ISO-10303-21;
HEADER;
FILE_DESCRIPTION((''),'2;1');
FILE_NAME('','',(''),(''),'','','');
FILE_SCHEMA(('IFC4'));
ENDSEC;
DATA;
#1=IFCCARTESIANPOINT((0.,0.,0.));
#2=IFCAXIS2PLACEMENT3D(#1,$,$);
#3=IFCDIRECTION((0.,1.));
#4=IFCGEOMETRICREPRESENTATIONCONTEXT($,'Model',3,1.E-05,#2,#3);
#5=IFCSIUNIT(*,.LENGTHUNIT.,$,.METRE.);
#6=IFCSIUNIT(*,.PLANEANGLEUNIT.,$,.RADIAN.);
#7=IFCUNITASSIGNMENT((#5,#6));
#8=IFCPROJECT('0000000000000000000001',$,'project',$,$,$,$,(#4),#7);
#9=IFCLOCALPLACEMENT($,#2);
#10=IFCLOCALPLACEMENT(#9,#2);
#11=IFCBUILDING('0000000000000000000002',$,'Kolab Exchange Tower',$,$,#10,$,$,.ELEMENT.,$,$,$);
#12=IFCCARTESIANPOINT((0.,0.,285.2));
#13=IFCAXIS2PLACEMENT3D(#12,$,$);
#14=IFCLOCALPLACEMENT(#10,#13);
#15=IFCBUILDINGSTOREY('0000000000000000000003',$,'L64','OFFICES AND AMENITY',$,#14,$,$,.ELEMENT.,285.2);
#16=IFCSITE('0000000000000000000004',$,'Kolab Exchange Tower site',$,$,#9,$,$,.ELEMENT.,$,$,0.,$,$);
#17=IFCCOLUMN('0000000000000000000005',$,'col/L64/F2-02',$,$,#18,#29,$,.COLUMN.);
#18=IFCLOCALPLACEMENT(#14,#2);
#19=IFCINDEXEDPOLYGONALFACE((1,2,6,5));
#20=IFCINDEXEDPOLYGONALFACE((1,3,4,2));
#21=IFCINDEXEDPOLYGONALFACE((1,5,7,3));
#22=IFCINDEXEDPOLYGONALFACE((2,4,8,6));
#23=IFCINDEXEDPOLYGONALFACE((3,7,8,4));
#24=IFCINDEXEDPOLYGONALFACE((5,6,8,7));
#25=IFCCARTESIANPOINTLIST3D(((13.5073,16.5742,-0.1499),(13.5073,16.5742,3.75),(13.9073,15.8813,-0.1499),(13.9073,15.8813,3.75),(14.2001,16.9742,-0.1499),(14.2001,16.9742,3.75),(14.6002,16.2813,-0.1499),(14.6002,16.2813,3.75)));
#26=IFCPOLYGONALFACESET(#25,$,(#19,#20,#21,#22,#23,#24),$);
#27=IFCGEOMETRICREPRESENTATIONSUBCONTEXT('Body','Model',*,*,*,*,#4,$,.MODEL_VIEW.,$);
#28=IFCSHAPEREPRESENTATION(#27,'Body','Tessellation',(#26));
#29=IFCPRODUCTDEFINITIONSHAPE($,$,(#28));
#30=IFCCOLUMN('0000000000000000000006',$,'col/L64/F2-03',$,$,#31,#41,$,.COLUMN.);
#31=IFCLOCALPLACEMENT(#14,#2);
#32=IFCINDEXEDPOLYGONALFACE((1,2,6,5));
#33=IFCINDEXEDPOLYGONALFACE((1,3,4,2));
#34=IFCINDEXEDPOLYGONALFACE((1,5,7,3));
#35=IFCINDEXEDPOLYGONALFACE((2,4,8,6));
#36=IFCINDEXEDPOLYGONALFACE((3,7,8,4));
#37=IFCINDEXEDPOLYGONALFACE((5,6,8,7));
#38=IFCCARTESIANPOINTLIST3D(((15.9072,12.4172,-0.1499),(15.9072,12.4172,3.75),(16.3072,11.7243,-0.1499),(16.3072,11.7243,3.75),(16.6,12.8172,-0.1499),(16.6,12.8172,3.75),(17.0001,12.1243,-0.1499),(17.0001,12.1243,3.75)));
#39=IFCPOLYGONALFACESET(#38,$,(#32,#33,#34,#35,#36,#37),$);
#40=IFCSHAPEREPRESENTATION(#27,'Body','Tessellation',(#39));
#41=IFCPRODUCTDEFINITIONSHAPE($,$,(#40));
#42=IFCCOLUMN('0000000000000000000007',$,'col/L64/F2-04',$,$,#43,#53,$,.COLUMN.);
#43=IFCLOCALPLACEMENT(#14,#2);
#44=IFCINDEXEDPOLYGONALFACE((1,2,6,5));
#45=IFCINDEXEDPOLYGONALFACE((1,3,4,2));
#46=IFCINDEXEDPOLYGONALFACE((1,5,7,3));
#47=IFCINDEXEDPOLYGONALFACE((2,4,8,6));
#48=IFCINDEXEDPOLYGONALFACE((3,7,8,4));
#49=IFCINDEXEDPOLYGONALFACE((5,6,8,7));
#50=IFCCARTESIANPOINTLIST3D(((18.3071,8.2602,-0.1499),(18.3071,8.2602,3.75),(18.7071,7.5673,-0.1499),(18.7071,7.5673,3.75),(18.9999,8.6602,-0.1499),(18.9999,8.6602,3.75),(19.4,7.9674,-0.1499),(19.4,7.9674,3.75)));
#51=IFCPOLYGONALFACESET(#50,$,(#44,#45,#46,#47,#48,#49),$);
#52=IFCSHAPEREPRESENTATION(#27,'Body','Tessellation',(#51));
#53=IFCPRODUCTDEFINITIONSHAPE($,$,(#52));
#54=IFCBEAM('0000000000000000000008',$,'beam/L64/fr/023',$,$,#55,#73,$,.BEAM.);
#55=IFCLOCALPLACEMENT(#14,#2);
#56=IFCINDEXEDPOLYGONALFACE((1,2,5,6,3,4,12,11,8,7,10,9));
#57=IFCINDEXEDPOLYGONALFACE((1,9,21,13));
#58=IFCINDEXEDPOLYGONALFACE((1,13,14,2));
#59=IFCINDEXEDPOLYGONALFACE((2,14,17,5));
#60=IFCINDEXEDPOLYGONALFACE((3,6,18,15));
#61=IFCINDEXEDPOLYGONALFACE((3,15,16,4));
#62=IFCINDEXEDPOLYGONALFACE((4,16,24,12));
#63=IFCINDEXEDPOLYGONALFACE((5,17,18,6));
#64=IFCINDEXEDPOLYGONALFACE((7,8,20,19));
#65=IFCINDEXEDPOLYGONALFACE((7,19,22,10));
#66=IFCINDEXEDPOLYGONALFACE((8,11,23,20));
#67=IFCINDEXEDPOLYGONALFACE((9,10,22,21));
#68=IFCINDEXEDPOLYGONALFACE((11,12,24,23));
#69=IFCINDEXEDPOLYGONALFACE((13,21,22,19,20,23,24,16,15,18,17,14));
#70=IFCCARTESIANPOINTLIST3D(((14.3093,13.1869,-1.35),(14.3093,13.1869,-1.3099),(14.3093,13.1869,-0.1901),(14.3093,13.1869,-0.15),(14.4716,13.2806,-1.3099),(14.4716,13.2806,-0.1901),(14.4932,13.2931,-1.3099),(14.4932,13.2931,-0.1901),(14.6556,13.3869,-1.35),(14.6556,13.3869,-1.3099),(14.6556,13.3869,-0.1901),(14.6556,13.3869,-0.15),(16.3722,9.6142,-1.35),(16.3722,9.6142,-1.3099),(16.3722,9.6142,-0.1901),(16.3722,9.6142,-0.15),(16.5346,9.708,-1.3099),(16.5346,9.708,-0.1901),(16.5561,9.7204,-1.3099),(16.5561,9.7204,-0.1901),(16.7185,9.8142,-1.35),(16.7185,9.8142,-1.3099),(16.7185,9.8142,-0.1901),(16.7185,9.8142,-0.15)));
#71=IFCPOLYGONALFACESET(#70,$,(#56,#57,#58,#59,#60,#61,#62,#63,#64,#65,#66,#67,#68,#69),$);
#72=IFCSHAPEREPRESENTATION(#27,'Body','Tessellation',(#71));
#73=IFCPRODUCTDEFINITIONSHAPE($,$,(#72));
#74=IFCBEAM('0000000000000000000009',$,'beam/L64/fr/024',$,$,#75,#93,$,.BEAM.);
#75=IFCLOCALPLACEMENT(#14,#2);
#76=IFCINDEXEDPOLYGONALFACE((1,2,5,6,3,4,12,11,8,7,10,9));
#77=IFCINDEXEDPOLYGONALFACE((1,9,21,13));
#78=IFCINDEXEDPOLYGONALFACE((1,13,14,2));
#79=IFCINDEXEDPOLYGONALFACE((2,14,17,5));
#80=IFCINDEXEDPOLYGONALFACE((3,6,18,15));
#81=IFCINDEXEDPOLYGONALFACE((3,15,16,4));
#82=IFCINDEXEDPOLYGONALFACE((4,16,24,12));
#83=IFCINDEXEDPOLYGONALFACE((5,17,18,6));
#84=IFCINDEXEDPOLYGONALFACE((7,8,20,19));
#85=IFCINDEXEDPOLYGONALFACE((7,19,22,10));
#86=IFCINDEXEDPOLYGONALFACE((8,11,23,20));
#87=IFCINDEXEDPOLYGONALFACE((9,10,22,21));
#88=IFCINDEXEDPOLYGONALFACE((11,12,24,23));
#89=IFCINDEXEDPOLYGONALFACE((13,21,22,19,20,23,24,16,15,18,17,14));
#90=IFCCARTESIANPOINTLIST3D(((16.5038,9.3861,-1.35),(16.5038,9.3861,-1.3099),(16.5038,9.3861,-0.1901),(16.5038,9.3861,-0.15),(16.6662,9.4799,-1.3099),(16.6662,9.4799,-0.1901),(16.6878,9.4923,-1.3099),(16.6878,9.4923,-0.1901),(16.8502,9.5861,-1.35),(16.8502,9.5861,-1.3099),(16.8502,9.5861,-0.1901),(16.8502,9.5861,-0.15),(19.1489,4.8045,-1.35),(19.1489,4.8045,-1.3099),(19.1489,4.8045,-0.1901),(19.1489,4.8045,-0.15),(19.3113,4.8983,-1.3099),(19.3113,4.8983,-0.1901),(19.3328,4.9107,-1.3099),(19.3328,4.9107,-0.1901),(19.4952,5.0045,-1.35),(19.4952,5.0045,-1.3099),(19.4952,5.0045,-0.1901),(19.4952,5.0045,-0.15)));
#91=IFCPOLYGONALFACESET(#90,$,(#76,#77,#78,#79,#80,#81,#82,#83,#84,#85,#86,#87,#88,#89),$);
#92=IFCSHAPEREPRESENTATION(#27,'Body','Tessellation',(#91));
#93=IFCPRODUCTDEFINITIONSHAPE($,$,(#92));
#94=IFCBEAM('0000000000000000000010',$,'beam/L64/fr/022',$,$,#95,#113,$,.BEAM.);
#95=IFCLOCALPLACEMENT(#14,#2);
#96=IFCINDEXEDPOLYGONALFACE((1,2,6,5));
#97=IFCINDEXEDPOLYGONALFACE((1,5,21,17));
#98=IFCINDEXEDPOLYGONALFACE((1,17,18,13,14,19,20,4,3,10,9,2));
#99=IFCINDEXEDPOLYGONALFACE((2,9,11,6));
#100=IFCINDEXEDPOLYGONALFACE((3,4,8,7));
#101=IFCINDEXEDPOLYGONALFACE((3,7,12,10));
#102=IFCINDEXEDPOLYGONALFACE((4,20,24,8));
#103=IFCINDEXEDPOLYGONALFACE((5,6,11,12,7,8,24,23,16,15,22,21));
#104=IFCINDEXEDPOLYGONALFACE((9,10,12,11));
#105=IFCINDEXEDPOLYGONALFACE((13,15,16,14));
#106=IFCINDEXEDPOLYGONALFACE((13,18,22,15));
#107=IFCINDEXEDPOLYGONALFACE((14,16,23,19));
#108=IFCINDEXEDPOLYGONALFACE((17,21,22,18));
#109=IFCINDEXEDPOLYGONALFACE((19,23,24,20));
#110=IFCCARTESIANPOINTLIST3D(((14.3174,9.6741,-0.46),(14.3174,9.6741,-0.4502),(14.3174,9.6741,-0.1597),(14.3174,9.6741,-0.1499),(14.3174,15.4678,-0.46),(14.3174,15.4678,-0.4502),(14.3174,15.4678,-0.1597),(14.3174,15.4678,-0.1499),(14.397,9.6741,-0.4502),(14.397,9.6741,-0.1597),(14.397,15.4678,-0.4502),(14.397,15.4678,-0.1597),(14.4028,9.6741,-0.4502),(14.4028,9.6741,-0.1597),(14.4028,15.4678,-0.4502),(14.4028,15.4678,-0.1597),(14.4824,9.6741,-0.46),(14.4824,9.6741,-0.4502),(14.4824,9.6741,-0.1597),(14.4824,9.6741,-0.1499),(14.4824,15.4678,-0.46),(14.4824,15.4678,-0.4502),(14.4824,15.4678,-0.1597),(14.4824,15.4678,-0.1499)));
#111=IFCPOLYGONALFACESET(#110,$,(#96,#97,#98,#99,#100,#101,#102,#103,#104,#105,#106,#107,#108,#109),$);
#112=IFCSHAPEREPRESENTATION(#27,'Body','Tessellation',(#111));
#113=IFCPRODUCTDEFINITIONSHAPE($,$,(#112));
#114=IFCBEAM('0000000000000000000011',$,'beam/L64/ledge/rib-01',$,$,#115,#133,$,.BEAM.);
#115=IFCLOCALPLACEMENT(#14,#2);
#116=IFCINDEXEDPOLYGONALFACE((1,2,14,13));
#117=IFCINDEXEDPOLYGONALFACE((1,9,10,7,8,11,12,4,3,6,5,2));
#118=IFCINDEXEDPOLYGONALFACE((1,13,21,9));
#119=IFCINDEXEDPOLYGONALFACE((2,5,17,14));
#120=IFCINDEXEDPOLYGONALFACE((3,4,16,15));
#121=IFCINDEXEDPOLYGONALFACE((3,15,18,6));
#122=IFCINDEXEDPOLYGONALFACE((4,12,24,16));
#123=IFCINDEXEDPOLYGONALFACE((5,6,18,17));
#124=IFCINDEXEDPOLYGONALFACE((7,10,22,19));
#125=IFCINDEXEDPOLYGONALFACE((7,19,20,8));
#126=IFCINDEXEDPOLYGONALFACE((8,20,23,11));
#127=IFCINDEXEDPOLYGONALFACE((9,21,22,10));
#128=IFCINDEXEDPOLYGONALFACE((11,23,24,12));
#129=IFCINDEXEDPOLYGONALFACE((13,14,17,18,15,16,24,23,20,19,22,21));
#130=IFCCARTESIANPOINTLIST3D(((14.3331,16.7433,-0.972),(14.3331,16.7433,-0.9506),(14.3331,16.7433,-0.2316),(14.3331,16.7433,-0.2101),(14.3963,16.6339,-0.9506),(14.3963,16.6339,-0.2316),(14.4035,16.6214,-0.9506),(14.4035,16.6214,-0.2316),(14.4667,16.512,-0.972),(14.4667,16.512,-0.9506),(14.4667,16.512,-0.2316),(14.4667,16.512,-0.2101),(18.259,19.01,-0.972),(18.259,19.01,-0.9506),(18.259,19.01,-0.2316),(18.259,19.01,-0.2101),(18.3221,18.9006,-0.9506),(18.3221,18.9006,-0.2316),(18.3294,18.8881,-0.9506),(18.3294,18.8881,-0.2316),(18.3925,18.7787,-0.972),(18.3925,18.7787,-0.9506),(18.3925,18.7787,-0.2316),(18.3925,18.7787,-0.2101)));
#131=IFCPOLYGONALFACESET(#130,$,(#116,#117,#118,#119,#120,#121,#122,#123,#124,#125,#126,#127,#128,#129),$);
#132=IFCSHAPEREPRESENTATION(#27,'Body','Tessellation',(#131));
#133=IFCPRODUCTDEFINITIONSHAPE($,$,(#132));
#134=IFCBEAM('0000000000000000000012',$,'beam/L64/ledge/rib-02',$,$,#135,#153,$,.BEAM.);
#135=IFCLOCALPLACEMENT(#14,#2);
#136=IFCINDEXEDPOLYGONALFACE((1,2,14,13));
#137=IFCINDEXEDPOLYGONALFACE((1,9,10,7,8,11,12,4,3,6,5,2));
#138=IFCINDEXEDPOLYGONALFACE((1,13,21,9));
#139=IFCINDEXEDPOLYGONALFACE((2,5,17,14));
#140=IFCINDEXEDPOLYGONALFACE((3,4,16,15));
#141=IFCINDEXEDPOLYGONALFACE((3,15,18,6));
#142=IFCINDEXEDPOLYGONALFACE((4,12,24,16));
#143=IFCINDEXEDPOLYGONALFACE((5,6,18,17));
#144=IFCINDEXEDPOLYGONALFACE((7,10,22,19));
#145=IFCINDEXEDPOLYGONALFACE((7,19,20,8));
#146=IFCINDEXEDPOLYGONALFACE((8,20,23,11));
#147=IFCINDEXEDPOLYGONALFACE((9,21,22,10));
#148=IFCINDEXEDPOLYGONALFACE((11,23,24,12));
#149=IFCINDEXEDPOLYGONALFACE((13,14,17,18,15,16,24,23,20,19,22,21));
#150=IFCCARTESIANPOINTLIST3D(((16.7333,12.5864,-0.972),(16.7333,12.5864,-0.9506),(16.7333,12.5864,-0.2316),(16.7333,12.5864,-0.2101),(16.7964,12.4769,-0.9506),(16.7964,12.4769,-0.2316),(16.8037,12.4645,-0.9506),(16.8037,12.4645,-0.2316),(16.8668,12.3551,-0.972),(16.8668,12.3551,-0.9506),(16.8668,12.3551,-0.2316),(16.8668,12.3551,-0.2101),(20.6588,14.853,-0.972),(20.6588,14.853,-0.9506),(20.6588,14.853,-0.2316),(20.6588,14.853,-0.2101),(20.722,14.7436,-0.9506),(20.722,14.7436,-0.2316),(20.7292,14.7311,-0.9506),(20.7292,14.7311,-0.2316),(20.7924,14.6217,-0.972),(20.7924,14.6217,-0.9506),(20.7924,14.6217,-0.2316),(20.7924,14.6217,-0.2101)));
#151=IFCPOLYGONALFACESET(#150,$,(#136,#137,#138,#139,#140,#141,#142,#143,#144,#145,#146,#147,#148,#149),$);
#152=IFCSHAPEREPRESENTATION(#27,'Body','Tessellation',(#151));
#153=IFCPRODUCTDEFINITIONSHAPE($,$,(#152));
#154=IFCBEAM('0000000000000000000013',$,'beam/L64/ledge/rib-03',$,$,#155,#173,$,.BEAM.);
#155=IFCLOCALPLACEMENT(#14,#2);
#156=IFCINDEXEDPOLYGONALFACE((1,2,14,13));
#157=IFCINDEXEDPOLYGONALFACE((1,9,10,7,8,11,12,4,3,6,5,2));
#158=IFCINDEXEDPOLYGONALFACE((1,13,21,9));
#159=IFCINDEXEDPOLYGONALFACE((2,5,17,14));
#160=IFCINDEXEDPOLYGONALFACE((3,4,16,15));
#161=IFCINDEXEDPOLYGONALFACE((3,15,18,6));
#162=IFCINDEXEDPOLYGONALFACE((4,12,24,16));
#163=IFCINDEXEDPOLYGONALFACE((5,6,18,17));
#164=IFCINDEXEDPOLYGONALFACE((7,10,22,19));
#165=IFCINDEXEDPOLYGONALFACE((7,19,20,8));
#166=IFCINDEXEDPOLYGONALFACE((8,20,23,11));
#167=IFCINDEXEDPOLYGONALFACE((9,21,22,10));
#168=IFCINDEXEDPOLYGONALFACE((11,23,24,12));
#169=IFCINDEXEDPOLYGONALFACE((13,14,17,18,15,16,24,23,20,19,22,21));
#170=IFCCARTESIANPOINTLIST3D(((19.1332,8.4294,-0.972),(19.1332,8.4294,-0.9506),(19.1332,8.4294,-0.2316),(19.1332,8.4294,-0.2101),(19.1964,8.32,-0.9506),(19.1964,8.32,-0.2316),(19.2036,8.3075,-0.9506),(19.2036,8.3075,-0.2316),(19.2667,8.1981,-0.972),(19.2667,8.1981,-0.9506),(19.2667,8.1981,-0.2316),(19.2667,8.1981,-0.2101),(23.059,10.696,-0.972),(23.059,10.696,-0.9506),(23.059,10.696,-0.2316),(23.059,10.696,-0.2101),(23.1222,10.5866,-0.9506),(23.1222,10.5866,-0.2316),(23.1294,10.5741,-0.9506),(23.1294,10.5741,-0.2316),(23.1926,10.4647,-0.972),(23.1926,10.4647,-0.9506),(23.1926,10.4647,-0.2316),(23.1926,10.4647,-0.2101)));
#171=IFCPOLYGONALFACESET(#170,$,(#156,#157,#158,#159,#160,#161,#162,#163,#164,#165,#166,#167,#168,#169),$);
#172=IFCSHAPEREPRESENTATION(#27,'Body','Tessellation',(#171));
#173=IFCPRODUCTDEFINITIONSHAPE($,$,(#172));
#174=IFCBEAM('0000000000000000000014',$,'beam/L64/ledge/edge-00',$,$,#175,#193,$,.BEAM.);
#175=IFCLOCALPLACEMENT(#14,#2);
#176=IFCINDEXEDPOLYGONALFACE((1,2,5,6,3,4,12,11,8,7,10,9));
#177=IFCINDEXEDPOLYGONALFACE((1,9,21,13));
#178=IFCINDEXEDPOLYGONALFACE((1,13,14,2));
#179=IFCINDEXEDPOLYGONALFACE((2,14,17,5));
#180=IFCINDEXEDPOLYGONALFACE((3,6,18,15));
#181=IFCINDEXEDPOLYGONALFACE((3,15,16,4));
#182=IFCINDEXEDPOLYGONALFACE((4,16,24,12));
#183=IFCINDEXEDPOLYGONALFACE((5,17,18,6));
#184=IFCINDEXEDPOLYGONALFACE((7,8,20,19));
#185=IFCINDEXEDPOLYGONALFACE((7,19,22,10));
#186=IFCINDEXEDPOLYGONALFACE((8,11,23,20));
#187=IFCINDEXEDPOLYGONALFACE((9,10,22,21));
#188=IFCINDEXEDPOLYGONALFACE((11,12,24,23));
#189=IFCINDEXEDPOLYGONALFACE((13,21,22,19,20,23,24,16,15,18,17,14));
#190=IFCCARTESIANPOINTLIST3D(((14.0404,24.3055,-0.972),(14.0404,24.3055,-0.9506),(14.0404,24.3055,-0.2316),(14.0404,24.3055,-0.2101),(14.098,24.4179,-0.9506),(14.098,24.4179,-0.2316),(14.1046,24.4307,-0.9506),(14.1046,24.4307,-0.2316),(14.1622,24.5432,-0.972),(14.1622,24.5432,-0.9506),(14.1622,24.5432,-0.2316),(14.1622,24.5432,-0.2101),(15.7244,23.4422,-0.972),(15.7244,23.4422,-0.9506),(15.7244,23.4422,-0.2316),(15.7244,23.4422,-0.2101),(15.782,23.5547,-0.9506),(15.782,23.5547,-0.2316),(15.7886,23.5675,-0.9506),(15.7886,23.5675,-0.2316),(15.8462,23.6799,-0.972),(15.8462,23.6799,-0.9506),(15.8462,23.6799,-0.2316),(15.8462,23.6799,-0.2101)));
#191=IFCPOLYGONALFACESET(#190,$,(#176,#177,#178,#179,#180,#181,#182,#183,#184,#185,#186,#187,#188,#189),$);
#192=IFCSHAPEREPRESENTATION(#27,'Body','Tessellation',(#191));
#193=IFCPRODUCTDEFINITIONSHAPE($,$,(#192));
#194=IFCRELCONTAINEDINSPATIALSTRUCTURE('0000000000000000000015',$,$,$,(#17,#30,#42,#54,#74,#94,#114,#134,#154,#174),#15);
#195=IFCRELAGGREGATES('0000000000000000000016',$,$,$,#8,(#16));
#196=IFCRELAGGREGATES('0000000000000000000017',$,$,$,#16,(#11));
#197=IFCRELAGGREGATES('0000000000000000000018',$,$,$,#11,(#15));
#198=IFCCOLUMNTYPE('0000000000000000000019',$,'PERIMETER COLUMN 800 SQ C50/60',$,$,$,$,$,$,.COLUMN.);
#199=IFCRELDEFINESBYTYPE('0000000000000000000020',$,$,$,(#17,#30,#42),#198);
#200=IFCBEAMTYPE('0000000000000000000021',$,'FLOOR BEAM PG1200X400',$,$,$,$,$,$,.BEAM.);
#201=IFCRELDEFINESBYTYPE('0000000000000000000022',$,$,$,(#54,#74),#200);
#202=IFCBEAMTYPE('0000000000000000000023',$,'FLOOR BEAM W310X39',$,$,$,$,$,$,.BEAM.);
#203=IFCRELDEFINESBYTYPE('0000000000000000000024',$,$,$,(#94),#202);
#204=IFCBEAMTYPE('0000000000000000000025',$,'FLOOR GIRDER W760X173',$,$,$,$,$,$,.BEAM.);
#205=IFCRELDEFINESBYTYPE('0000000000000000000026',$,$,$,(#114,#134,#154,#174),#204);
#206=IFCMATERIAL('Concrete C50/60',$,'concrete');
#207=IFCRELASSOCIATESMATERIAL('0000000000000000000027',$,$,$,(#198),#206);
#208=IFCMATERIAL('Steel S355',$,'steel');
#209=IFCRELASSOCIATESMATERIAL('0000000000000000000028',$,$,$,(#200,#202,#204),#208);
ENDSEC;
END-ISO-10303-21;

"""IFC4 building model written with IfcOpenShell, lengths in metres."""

from ifc_helpers import new_model, si_unit, direction, frame, origin, origin_2d, place, context, subcontext, project, spatial, rectangle, i_section, extrude, material, material_profile, profile_set, type_object, element, save


model = new_model("IFC4")

# Units and contexts
model_context = context("Model", 3, precision=1e-05, world=origin(), true_north=direction((0.0, 1.0)))
body_context = subcontext(model_context, "Body", "Model", "MODEL_VIEW")
ifc_project = project(units=[si_unit("LENGTHUNIT", "METRE"), si_unit("PLANEANGLEUNIT", "RADIAN")], contexts=[model_context])

# Site, building, storey
site_placement = place(None, origin())
site = spatial("IfcSite", under=ifc_project, at=site_placement, Name="Kolab Exchange Tower site", CompositionType="ELEMENT", RefElevation=0.0)
building_placement = place(site_placement, origin())
building = spatial("IfcBuilding", under=site, at=building_placement, Name="Kolab Exchange Tower", CompositionType="ELEMENT")
storey_placement = place(building_placement, frame((0.0, 0.0, 285.2)))
storey = spatial("IfcBuildingStorey", under=building, at=storey_placement, Name="L64", Description="OFFICES AND AMENITY", CompositionType="ELEMENT", Elevation=285.2)

# Columns
ifc_material_1 = material(Name="Concrete C50/60", Category="concrete")
ifc_material_profile_1 = material_profile(ifc_material_1, rectangle(XDim=0.8, YDim=0.8, at=origin_2d()), Name="RC800")
ifc_profile_set_1 = profile_set([ifc_material_profile_1], Name="Concrete C50/60")
column_type = type_object("IfcColumnType", Name="PERIMETER COLUMN 800 SQ C50/60", PredefinedType="COLUMN", material=ifc_profile_set_1)
for number, where, z_axis, x_axis, name in (
    (1, (14.0537, 16.4277, -0.1499), (0.0, 0.0, 1.0), (0.866025, 0.5, 0.0), "col/L64/F2-02"),
    (2, (16.4536, 12.2708, -0.1499), (0.0, 0.0, 1.0), (0.866025, 0.5, 0.0), "col/L64/F2-03"),
    (3, (18.8535, 8.1138, -0.1499), (0.0, 0.0, 1.0), (0.866025, 0.5, 0.0), "col/L64/F2-04"),
):
    element("IfcColumn", number, at=place(storey_placement, frame(where, z_axis=z_axis, x_axis=x_axis)), inside=storey, type_object=column_type, Name=name, PredefinedType="COLUMN", context=body_context, shape_type="SweptSolid", body=[
        extrude(rectangle(XDim=0.8, YDim=0.8, at=origin_2d()), origin(), (0.0, 0.0, 1.0), 3.8999),
    ])

# Beams
ifc_material_2 = material(Name="Steel S355", Category="steel")
ifc_material_profile_2 = material_profile(ifc_material_2, i_section(OverallWidth=0.3999, OverallDepth=1.2, WebThickness=0.0249, FlangeThickness=0.04, at=origin_2d()), Name="PG1200X400")
ifc_profile_set_2 = profile_set([ifc_material_profile_2], Name="Steel S355")
beam_type_1 = type_object("IfcBeamType", Name="FLOOR BEAM PG1200X400", PredefinedType="BEAM", material=ifc_profile_set_2)
beam_1_placement = place(storey_placement, frame((14.4824, 13.2869, -0.75), z_axis=(0.500047, -0.865998, 0.0), x_axis=(0.865998, 0.500047, 0.0)))
element("IfcBeam", 4, at=beam_1_placement, inside=storey, type_object=beam_type_1, Name="beam/L64/fr/023", PredefinedType="BEAM", context=body_context, shape_type="SweptSolid", body=[
    extrude(i_section(OverallWidth=0.3999, OverallDepth=1.2, WebThickness=0.0249, FlangeThickness=0.04, at=origin_2d()), origin(), (0.0, 0.0, 1.0), 4.1255),
])
beam_2_placement = place(storey_placement, frame((16.677, 9.4861, -0.75), z_axis=(0.499981, -0.866036, 0.0), x_axis=(0.866036, 0.499981, 0.0)))
element("IfcBeam", 5, at=beam_2_placement, inside=storey, type_object=beam_type_1, Name="beam/L64/fr/024", PredefinedType="BEAM", context=body_context, shape_type="SweptSolid", body=[
    extrude(i_section(OverallWidth=0.3999, OverallDepth=1.2, WebThickness=0.0249, FlangeThickness=0.04, at=origin_2d()), origin(), (0.0, 0.0, 1.0), 5.2903),
])
ifc_material_profile_3 = material_profile(ifc_material_2, i_section(OverallWidth=0.165, OverallDepth=0.3101, WebThickness=0.0059, FlangeThickness=0.0098, at=origin_2d()), Name="W310X39")
ifc_profile_set_3 = profile_set([ifc_material_profile_3], Name="Steel S355")
beam_type_2 = type_object("IfcBeamType", Name="FLOOR BEAM W310X39", PredefinedType="BEAM", material=ifc_profile_set_3)
beam_3_placement = place(storey_placement, frame((14.3999, 9.6741, -0.3049), z_axis=(0.0, 1.0, 0.0), x_axis=(-1.0, 0.0, 0.0)))
element("IfcBeam", 6, at=beam_3_placement, inside=storey, type_object=beam_type_2, Name="beam/L64/fr/022", PredefinedType="BEAM", context=body_context, shape_type="SweptSolid", body=[
    extrude(i_section(OverallWidth=0.165, OverallDepth=0.3101, WebThickness=0.0059, FlangeThickness=0.0098, at=origin_2d()), origin(), (0.0, 0.0, 1.0), 5.7937),
])
ifc_material_profile_4 = material_profile(ifc_material_2, i_section(OverallWidth=0.2671, OverallDepth=0.762, WebThickness=0.0144, FlangeThickness=0.0215, at=origin_2d()), Name="W760X173")
ifc_profile_set_4 = profile_set([ifc_material_profile_4], Name="Steel S355")
beam_type_3 = type_object("IfcBeamType", Name="FLOOR GIRDER W760X173", PredefinedType="BEAM", material=ifc_profile_set_4)
beam_4_placement = place(storey_placement, frame((14.3999, 16.6277, -0.5911), z_axis=(0.866021, 0.500008, 0.0), x_axis=(-0.500008, 0.866021, 0.0)))
element("IfcBeam", 7, at=beam_4_placement, inside=storey, type_object=beam_type_3, Name="beam/L64/ledge/rib-01", PredefinedType="BEAM", context=body_context, shape_type="SweptSolid", body=[
    extrude(i_section(OverallWidth=0.2671, OverallDepth=0.762, WebThickness=0.0144, FlangeThickness=0.0215, at=origin_2d()), origin(), (0.0, 0.0, 1.0), 4.5332),
])
beam_5_placement = place(storey_placement, frame((16.8, 12.4707, -0.5911), z_axis=(0.866007, 0.500032, 0.0), x_axis=(-0.500032, 0.866007, 0.0)))
element("IfcBeam", 8, at=beam_5_placement, inside=storey, type_object=beam_type_3, Name="beam/L64/ledge/rib-02", PredefinedType="BEAM", context=body_context, shape_type="SweptSolid", body=[
    extrude(i_section(OverallWidth=0.2671, OverallDepth=0.762, WebThickness=0.0144, FlangeThickness=0.0215, at=origin_2d()), origin(), (0.0, 0.0, 1.0), 4.533),
])
beam_6_placement = place(storey_placement, frame((19.2, 8.3137, -0.5911), z_axis=(0.866021, 0.500008, 0.0), x_axis=(-0.500008, 0.866021, 0.0)))
element("IfcBeam", 9, at=beam_6_placement, inside=storey, type_object=beam_type_3, Name="beam/L64/ledge/rib-03", PredefinedType="BEAM", context=body_context, shape_type="SweptSolid", body=[
    extrude(i_section(OverallWidth=0.2671, OverallDepth=0.762, WebThickness=0.0144, FlangeThickness=0.0215, at=origin_2d()), origin(), (0.0, 0.0, 1.0), 4.5332),
])
beam_7_placement = place(storey_placement, frame((14.1013, 24.4243, -0.5911), z_axis=(0.889893, -0.45617, 0.0), x_axis=(0.45617, 0.889893, 0.0)))
element("IfcBeam", 10, at=beam_7_placement, inside=storey, type_object=beam_type_3, Name="beam/L64/ledge/edge-00", PredefinedType="BEAM", context=body_context, shape_type="SweptSolid", body=[
    extrude(i_section(OverallWidth=0.2671, OverallDepth=0.762, WebThickness=0.0144, FlangeThickness=0.0215, at=origin_2d()), origin(), (0.0, 0.0, 1.0), 1.8923),
])

save(model, "model.ifc")
